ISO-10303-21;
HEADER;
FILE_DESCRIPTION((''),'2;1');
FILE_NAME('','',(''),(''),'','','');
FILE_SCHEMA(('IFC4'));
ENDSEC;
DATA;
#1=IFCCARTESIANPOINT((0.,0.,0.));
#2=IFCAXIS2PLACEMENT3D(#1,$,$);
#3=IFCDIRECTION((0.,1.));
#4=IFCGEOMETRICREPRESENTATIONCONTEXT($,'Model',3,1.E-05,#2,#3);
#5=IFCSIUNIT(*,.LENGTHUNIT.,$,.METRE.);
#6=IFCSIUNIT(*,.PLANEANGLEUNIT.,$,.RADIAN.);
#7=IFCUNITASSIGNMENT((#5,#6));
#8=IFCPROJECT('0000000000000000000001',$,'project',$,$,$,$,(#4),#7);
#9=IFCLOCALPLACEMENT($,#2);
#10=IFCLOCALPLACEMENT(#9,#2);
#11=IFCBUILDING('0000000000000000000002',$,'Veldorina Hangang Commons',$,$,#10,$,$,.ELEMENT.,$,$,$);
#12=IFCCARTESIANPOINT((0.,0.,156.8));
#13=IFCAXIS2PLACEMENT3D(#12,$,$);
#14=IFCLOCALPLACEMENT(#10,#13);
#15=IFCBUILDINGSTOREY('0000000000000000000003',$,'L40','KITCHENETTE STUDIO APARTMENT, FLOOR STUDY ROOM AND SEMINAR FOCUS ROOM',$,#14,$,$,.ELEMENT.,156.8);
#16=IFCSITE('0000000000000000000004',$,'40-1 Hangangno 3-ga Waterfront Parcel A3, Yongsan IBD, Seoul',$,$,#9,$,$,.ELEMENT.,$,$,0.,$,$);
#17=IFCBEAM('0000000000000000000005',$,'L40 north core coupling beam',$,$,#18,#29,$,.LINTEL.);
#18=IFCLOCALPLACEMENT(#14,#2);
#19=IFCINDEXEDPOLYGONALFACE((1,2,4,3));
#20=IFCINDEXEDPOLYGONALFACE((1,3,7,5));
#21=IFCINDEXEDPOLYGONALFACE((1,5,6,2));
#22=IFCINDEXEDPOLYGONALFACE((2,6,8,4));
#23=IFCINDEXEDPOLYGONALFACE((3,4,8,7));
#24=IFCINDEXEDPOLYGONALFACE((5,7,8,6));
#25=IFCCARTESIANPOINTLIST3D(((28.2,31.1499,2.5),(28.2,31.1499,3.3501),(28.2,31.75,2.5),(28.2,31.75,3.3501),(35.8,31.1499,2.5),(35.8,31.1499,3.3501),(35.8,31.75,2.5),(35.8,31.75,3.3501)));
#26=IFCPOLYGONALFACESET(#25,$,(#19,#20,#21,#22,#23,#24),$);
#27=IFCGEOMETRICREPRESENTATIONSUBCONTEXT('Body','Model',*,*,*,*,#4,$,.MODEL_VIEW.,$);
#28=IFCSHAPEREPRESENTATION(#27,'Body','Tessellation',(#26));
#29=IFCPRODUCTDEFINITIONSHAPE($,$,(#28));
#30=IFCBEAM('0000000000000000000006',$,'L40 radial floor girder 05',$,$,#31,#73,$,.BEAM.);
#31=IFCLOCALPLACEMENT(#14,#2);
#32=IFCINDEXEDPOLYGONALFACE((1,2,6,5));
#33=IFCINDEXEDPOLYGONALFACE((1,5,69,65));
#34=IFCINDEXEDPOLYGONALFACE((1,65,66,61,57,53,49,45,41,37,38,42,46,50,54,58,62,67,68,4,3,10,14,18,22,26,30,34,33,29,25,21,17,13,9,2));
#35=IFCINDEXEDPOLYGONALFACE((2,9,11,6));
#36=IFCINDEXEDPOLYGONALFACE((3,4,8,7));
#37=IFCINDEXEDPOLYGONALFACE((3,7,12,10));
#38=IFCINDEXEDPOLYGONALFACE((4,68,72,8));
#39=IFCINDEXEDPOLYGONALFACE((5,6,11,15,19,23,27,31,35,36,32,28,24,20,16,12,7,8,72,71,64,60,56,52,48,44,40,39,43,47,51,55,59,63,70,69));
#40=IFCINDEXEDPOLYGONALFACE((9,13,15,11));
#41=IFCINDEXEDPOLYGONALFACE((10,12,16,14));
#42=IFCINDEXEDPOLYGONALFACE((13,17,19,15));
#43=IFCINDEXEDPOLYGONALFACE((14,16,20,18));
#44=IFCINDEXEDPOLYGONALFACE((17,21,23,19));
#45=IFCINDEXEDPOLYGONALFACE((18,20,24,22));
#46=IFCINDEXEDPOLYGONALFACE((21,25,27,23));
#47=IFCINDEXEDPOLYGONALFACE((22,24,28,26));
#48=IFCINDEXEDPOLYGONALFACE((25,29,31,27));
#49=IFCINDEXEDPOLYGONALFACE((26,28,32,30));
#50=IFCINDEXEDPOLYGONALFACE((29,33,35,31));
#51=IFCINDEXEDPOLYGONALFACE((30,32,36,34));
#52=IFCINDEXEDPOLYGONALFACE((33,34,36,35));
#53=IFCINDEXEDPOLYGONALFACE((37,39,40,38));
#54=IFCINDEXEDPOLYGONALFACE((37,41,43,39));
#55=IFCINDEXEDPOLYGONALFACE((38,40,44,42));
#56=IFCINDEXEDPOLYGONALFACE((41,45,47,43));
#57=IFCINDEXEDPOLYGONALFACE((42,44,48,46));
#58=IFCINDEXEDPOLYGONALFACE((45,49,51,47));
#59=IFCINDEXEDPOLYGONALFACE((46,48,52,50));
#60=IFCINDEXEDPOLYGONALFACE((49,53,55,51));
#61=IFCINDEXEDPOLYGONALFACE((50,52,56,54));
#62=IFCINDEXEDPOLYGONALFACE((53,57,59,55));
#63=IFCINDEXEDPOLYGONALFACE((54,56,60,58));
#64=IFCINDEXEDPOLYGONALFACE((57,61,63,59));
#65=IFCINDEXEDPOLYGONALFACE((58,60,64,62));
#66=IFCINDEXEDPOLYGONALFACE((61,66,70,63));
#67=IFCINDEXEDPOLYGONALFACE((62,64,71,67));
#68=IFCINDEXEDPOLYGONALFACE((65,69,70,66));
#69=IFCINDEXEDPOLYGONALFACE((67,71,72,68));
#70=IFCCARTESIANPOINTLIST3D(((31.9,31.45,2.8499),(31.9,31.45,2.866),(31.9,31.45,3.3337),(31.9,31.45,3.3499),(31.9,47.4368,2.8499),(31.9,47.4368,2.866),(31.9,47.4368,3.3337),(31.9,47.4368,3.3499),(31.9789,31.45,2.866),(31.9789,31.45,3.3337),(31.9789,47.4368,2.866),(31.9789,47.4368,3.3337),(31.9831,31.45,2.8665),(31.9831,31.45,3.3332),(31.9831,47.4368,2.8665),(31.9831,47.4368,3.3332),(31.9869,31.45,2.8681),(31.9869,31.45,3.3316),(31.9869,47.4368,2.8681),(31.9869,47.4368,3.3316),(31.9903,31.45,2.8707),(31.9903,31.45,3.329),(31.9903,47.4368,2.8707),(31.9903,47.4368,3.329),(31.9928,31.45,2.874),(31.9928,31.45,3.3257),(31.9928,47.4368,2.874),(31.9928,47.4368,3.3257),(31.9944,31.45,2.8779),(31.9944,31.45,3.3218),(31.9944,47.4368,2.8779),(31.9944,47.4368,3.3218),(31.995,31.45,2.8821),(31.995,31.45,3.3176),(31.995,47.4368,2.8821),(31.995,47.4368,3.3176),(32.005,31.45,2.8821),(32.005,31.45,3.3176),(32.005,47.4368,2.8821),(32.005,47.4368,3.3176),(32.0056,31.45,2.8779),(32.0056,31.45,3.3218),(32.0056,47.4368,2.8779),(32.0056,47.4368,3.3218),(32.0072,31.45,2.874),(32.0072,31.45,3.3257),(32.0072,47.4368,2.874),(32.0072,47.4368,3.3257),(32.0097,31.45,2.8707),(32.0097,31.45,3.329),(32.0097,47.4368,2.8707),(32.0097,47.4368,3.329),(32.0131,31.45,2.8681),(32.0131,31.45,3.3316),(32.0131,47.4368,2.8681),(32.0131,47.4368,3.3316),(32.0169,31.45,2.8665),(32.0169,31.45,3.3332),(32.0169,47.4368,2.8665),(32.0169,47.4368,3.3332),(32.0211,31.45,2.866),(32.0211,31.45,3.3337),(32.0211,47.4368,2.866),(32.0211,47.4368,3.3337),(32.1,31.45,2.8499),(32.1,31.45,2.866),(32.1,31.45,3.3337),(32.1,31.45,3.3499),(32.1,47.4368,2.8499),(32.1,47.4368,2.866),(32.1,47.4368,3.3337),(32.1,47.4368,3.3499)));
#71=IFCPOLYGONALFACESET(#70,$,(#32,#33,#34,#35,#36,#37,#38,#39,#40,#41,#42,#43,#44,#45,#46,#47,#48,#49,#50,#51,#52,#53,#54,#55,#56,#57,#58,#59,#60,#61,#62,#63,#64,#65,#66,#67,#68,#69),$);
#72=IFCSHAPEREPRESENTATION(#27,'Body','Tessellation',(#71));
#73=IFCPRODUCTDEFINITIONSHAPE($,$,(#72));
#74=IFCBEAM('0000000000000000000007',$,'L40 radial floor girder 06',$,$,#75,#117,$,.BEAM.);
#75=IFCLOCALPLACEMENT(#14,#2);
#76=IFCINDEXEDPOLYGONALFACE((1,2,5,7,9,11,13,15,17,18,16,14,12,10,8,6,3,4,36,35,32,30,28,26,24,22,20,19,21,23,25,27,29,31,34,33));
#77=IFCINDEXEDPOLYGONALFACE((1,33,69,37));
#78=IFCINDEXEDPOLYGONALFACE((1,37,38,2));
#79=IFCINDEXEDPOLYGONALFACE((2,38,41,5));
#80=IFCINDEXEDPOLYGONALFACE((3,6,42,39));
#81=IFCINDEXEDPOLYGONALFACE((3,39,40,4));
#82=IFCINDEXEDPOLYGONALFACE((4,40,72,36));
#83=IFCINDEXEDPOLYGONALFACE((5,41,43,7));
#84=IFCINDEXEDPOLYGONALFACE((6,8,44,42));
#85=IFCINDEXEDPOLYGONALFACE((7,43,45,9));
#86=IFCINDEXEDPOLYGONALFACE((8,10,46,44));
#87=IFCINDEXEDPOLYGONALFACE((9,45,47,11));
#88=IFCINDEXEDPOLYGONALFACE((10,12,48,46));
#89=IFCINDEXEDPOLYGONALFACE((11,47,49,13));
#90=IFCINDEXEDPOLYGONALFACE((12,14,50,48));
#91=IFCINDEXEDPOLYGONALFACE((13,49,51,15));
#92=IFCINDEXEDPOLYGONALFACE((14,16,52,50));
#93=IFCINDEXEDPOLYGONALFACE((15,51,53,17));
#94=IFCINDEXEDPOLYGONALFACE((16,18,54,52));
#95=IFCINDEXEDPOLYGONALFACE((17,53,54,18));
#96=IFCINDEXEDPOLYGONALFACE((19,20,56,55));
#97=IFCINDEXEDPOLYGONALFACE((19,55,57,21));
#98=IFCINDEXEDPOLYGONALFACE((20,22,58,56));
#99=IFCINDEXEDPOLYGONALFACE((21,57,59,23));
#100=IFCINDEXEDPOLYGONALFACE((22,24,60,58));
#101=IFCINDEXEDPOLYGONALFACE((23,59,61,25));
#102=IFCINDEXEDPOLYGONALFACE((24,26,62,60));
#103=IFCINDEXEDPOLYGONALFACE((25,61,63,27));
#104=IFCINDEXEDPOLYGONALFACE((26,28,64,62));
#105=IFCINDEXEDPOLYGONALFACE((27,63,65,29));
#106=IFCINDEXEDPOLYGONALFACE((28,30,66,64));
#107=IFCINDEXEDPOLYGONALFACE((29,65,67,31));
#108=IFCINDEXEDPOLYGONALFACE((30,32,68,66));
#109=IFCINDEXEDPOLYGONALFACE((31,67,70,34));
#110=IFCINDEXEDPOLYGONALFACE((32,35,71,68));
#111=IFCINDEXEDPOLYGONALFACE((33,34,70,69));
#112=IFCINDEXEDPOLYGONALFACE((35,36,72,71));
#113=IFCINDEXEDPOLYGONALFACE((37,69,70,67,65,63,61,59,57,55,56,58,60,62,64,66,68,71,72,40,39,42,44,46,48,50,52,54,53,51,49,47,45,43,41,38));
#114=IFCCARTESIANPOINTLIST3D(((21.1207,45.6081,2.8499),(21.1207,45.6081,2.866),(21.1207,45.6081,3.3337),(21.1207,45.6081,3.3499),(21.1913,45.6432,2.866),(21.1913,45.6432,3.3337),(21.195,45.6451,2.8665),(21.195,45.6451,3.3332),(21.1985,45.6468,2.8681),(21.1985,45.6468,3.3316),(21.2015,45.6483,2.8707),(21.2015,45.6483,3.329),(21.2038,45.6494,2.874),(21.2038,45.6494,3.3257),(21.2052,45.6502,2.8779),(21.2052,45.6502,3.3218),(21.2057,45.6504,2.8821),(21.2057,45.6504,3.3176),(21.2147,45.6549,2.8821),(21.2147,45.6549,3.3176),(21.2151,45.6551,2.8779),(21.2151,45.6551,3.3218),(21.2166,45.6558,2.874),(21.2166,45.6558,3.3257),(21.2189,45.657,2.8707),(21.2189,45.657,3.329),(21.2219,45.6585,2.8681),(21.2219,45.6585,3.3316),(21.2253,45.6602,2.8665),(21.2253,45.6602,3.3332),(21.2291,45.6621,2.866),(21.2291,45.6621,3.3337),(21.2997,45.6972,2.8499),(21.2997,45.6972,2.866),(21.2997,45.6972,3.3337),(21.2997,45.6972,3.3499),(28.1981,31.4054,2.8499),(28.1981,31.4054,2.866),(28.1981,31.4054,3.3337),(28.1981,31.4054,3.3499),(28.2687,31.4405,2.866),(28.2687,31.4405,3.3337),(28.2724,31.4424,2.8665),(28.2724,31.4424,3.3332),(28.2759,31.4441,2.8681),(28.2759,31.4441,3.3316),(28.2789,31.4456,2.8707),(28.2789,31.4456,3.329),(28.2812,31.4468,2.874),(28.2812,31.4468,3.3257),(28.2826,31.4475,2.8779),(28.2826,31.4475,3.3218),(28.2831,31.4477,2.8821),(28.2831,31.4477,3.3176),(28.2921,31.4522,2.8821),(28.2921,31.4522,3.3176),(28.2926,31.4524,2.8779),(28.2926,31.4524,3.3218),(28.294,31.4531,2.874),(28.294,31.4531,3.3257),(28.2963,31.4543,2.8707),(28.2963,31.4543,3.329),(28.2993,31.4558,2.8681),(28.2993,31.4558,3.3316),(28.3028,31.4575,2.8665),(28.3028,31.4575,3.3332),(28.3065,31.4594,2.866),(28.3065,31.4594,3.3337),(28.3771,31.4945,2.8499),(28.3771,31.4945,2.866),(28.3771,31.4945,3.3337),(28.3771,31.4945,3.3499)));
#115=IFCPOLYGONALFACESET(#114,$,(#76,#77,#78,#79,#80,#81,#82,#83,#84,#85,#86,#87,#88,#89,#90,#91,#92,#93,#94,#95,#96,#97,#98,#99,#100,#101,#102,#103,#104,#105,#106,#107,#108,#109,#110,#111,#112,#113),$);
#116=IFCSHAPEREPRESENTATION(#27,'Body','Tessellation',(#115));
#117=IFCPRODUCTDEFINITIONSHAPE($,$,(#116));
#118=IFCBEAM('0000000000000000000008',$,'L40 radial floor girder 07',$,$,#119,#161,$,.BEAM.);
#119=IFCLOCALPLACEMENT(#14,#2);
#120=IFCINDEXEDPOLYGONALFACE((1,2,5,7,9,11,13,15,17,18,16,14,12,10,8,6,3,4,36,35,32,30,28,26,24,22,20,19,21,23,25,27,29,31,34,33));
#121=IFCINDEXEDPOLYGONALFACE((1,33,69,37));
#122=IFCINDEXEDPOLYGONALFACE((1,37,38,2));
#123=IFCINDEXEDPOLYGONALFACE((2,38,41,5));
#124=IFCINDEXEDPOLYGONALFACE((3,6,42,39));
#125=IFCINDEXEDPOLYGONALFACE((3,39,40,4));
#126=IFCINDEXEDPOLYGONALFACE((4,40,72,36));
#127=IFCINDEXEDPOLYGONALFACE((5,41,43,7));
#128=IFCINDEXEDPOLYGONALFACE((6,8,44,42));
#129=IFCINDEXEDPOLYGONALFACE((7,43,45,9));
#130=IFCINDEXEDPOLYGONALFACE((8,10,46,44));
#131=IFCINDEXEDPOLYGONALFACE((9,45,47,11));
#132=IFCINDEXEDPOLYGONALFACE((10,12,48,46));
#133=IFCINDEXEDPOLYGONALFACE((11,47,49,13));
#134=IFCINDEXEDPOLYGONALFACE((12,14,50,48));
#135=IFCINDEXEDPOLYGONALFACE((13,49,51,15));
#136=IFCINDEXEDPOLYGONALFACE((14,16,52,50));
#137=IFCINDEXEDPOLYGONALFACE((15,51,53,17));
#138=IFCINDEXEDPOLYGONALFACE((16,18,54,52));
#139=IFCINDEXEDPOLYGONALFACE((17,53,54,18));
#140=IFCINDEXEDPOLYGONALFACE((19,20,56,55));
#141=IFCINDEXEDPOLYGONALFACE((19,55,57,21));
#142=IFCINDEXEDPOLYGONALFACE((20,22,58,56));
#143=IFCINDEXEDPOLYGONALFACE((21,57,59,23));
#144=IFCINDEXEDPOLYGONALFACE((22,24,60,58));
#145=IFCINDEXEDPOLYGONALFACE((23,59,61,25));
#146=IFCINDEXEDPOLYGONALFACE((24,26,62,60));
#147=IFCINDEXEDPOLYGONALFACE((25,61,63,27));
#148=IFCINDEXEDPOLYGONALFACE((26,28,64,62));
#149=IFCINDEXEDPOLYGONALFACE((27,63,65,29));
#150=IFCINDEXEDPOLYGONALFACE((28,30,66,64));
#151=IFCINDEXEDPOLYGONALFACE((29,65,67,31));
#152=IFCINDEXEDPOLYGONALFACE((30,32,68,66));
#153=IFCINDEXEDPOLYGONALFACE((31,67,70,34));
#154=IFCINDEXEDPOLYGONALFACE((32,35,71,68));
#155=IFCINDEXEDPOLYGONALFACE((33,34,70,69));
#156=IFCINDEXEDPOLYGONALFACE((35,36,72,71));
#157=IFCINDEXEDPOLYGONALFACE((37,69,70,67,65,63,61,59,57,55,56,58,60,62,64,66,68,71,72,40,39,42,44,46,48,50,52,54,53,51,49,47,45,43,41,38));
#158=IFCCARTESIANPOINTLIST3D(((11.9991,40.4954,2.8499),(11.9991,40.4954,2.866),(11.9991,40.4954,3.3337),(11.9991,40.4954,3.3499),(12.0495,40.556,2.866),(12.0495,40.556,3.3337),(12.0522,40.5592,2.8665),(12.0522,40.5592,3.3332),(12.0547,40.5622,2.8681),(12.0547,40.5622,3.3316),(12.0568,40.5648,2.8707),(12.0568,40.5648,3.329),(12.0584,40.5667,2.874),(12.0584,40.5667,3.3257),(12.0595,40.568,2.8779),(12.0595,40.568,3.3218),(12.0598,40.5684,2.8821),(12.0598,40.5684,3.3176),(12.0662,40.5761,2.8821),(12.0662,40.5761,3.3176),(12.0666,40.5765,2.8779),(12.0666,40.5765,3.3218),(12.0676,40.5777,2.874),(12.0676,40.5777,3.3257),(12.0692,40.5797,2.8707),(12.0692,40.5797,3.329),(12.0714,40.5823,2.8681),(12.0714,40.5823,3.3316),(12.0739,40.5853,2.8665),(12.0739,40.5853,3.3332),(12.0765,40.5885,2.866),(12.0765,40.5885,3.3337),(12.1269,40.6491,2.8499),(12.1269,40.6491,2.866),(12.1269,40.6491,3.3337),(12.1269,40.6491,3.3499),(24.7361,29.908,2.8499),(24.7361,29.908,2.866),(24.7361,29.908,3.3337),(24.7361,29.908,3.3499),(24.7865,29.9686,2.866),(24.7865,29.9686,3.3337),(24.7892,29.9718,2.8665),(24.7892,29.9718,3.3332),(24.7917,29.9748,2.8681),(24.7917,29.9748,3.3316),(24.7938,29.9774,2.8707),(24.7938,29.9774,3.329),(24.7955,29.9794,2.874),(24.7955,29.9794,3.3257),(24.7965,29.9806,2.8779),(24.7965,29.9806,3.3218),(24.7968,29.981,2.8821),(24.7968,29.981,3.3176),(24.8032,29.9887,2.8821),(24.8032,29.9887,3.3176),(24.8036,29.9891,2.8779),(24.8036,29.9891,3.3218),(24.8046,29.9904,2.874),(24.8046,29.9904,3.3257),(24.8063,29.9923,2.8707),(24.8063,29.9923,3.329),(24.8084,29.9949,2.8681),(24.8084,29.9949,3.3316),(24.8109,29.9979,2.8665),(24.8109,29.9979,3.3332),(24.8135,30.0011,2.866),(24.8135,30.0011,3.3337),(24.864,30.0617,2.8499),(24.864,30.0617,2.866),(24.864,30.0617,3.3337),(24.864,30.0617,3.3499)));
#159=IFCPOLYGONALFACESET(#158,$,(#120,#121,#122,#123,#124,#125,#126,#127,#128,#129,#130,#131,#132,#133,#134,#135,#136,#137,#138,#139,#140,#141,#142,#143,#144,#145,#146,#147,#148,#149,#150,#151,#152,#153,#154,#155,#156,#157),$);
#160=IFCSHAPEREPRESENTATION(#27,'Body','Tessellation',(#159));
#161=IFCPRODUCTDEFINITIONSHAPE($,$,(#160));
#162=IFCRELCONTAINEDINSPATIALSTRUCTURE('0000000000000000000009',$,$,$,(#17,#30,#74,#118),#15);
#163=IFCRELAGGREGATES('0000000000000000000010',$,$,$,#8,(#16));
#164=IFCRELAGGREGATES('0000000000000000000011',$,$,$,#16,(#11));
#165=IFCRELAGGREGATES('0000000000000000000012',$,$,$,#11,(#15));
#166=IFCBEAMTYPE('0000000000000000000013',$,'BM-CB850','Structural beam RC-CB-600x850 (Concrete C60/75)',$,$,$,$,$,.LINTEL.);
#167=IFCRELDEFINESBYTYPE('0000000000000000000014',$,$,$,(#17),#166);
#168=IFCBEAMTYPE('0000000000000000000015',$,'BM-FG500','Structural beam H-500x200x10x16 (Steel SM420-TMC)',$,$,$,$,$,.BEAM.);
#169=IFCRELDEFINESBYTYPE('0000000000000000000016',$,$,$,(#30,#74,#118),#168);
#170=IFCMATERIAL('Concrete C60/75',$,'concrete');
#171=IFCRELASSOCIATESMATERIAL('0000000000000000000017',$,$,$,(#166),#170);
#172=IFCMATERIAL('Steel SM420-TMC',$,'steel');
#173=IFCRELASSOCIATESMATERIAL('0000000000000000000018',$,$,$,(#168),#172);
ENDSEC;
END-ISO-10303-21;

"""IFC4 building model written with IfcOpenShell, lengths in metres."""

from ifc_helpers import new_model, si_unit, direction, frame, origin, origin_2d, place, context, subcontext, project, spatial, rectangle, i_section, extrude, material, material_profile, profile_set, type_object, element, save


model = new_model("IFC4")

# Units and contexts
model_context = context("Model", 3, precision=1e-05, world=origin(), true_north=direction((0.0, 1.0)))
body_context = subcontext(model_context, "Body", "Model", "MODEL_VIEW")
ifc_project = project(units=[si_unit("LENGTHUNIT", "METRE"), si_unit("PLANEANGLEUNIT", "RADIAN")], contexts=[model_context])

# Site, building, storey
site_placement = place(None, origin())
site = spatial("IfcSite", under=ifc_project, at=site_placement, Name="40-1 Hangangno 3-ga Waterfront Parcel A3, Yongsan IBD, Seoul", CompositionType="ELEMENT", RefElevation=0.0)
building_placement = place(site_placement, origin())
building = spatial("IfcBuilding", under=site, at=building_placement, Name="Veldorina Hangang Commons", CompositionType="ELEMENT")
storey_placement = place(building_placement, frame((0.0, 0.0, 156.8)))
storey = spatial("IfcBuildingStorey", under=building, at=storey_placement, Name="L40", Description="KITCHENETTE STUDIO APARTMENT, FLOOR STUDY ROOM AND SEMINAR FOCUS ROOM", CompositionType="ELEMENT", Elevation=156.8)

# Beams
ifc_material_1 = material(Name="Concrete C60/75", Category="concrete")
ifc_material_profile_1 = material_profile(ifc_material_1, rectangle(XDim=0.6001, YDim=0.8501, at=origin_2d()), Name="RC-CB-600x850")
ifc_profile_set_1 = profile_set([ifc_material_profile_1], Name="Concrete C60/75")
beam_type_1 = type_object("IfcBeamType", Name="BM-CB850", Description="Structural beam RC-CB-600x850 (Concrete C60/75)", PredefinedType="LINTEL", material=ifc_profile_set_1)
beam_1_placement = place(storey_placement, frame((28.2, 31.45, 2.925), z_axis=(1.0, 0.0, 0.0), x_axis=(0.0, 1.0, 0.0)))
element("IfcBeam", 1, at=beam_1_placement, inside=storey, type_object=beam_type_1, Name="L40 north core coupling beam", PredefinedType="LINTEL", context=body_context, shape_type="SweptSolid", body=[
    extrude(rectangle(XDim=0.6001, YDim=0.8501, at=origin_2d()), origin(), (0.0, 0.0, 1.0), 7.6001),
])
ifc_material_2 = material(Name="Steel SM420-TMC", Category="steel")
ifc_material_profile_2 = material_profile(ifc_material_2, i_section(OverallWidth=0.2, OverallDepth=0.5, WebThickness=0.01, FlangeThickness=0.0161, FilletRadius=0.0161, at=origin_2d()), Name="H-500x200x10x16")
ifc_profile_set_2 = profile_set([ifc_material_profile_2], Name="Steel SM420-TMC")
beam_type_2 = type_object("IfcBeamType", Name="BM-FG500", Description="Structural beam H-500x200x10x16 (Steel SM420-TMC)", PredefinedType="BEAM", material=ifc_profile_set_2)
beam_2_placement = place(storey_placement, frame((32.0, 31.45, 3.0999), z_axis=(0.0, 1.0, 0.0), x_axis=(-1.0, 0.0, 0.0)))
element("IfcBeam", 2, at=beam_2_placement, inside=storey, type_object=beam_type_2, Name="L40 radial floor girder 05", PredefinedType="BEAM", context=body_context, shape_type="SweptSolid", body=[
    extrude(i_section(OverallWidth=0.2, OverallDepth=0.5, WebThickness=0.01, FlangeThickness=0.0161, FilletRadius=0.0161, at=origin_2d()), origin(), (0.0, 0.0, 1.0), 15.9868),
])
beam_3_placement = place(storey_placement, frame((28.2876, 31.45, 3.0999), z_axis=(-0.446007, 0.895029, 0.0), x_axis=(-0.895029, -0.446007, 0.0)))
element("IfcBeam", 3, at=beam_3_placement, inside=storey, type_object=beam_type_2, Name="L40 radial floor girder 06", PredefinedType="BEAM", context=body_context, shape_type="SweptSolid", body=[
    extrude(i_section(OverallWidth=0.2, OverallDepth=0.5, WebThickness=0.01, FlangeThickness=0.0161, FilletRadius=0.0161, at=origin_2d()), origin(), (0.0, 0.0, 1.0), 15.8684),
])
beam_4_placement = place(storey_placement, frame((24.8, 29.9849, 3.0999), z_axis=(-0.769017, 0.639228, 0.0), x_axis=(-0.639228, -0.769017, 0.0)))
element("IfcBeam", 4, at=beam_4_placement, inside=storey, type_object=beam_type_2, Name="L40 radial floor girder 07", PredefinedType="BEAM", context=body_context, shape_type="SweptSolid", body=[
    extrude(i_section(OverallWidth=0.2, OverallDepth=0.5, WebThickness=0.01, FlangeThickness=0.0161, FilletRadius=0.0161, at=origin_2d()), origin(), (0.0, 0.0, 1.0), 16.5627),
])

save(model, "model.ifc")
